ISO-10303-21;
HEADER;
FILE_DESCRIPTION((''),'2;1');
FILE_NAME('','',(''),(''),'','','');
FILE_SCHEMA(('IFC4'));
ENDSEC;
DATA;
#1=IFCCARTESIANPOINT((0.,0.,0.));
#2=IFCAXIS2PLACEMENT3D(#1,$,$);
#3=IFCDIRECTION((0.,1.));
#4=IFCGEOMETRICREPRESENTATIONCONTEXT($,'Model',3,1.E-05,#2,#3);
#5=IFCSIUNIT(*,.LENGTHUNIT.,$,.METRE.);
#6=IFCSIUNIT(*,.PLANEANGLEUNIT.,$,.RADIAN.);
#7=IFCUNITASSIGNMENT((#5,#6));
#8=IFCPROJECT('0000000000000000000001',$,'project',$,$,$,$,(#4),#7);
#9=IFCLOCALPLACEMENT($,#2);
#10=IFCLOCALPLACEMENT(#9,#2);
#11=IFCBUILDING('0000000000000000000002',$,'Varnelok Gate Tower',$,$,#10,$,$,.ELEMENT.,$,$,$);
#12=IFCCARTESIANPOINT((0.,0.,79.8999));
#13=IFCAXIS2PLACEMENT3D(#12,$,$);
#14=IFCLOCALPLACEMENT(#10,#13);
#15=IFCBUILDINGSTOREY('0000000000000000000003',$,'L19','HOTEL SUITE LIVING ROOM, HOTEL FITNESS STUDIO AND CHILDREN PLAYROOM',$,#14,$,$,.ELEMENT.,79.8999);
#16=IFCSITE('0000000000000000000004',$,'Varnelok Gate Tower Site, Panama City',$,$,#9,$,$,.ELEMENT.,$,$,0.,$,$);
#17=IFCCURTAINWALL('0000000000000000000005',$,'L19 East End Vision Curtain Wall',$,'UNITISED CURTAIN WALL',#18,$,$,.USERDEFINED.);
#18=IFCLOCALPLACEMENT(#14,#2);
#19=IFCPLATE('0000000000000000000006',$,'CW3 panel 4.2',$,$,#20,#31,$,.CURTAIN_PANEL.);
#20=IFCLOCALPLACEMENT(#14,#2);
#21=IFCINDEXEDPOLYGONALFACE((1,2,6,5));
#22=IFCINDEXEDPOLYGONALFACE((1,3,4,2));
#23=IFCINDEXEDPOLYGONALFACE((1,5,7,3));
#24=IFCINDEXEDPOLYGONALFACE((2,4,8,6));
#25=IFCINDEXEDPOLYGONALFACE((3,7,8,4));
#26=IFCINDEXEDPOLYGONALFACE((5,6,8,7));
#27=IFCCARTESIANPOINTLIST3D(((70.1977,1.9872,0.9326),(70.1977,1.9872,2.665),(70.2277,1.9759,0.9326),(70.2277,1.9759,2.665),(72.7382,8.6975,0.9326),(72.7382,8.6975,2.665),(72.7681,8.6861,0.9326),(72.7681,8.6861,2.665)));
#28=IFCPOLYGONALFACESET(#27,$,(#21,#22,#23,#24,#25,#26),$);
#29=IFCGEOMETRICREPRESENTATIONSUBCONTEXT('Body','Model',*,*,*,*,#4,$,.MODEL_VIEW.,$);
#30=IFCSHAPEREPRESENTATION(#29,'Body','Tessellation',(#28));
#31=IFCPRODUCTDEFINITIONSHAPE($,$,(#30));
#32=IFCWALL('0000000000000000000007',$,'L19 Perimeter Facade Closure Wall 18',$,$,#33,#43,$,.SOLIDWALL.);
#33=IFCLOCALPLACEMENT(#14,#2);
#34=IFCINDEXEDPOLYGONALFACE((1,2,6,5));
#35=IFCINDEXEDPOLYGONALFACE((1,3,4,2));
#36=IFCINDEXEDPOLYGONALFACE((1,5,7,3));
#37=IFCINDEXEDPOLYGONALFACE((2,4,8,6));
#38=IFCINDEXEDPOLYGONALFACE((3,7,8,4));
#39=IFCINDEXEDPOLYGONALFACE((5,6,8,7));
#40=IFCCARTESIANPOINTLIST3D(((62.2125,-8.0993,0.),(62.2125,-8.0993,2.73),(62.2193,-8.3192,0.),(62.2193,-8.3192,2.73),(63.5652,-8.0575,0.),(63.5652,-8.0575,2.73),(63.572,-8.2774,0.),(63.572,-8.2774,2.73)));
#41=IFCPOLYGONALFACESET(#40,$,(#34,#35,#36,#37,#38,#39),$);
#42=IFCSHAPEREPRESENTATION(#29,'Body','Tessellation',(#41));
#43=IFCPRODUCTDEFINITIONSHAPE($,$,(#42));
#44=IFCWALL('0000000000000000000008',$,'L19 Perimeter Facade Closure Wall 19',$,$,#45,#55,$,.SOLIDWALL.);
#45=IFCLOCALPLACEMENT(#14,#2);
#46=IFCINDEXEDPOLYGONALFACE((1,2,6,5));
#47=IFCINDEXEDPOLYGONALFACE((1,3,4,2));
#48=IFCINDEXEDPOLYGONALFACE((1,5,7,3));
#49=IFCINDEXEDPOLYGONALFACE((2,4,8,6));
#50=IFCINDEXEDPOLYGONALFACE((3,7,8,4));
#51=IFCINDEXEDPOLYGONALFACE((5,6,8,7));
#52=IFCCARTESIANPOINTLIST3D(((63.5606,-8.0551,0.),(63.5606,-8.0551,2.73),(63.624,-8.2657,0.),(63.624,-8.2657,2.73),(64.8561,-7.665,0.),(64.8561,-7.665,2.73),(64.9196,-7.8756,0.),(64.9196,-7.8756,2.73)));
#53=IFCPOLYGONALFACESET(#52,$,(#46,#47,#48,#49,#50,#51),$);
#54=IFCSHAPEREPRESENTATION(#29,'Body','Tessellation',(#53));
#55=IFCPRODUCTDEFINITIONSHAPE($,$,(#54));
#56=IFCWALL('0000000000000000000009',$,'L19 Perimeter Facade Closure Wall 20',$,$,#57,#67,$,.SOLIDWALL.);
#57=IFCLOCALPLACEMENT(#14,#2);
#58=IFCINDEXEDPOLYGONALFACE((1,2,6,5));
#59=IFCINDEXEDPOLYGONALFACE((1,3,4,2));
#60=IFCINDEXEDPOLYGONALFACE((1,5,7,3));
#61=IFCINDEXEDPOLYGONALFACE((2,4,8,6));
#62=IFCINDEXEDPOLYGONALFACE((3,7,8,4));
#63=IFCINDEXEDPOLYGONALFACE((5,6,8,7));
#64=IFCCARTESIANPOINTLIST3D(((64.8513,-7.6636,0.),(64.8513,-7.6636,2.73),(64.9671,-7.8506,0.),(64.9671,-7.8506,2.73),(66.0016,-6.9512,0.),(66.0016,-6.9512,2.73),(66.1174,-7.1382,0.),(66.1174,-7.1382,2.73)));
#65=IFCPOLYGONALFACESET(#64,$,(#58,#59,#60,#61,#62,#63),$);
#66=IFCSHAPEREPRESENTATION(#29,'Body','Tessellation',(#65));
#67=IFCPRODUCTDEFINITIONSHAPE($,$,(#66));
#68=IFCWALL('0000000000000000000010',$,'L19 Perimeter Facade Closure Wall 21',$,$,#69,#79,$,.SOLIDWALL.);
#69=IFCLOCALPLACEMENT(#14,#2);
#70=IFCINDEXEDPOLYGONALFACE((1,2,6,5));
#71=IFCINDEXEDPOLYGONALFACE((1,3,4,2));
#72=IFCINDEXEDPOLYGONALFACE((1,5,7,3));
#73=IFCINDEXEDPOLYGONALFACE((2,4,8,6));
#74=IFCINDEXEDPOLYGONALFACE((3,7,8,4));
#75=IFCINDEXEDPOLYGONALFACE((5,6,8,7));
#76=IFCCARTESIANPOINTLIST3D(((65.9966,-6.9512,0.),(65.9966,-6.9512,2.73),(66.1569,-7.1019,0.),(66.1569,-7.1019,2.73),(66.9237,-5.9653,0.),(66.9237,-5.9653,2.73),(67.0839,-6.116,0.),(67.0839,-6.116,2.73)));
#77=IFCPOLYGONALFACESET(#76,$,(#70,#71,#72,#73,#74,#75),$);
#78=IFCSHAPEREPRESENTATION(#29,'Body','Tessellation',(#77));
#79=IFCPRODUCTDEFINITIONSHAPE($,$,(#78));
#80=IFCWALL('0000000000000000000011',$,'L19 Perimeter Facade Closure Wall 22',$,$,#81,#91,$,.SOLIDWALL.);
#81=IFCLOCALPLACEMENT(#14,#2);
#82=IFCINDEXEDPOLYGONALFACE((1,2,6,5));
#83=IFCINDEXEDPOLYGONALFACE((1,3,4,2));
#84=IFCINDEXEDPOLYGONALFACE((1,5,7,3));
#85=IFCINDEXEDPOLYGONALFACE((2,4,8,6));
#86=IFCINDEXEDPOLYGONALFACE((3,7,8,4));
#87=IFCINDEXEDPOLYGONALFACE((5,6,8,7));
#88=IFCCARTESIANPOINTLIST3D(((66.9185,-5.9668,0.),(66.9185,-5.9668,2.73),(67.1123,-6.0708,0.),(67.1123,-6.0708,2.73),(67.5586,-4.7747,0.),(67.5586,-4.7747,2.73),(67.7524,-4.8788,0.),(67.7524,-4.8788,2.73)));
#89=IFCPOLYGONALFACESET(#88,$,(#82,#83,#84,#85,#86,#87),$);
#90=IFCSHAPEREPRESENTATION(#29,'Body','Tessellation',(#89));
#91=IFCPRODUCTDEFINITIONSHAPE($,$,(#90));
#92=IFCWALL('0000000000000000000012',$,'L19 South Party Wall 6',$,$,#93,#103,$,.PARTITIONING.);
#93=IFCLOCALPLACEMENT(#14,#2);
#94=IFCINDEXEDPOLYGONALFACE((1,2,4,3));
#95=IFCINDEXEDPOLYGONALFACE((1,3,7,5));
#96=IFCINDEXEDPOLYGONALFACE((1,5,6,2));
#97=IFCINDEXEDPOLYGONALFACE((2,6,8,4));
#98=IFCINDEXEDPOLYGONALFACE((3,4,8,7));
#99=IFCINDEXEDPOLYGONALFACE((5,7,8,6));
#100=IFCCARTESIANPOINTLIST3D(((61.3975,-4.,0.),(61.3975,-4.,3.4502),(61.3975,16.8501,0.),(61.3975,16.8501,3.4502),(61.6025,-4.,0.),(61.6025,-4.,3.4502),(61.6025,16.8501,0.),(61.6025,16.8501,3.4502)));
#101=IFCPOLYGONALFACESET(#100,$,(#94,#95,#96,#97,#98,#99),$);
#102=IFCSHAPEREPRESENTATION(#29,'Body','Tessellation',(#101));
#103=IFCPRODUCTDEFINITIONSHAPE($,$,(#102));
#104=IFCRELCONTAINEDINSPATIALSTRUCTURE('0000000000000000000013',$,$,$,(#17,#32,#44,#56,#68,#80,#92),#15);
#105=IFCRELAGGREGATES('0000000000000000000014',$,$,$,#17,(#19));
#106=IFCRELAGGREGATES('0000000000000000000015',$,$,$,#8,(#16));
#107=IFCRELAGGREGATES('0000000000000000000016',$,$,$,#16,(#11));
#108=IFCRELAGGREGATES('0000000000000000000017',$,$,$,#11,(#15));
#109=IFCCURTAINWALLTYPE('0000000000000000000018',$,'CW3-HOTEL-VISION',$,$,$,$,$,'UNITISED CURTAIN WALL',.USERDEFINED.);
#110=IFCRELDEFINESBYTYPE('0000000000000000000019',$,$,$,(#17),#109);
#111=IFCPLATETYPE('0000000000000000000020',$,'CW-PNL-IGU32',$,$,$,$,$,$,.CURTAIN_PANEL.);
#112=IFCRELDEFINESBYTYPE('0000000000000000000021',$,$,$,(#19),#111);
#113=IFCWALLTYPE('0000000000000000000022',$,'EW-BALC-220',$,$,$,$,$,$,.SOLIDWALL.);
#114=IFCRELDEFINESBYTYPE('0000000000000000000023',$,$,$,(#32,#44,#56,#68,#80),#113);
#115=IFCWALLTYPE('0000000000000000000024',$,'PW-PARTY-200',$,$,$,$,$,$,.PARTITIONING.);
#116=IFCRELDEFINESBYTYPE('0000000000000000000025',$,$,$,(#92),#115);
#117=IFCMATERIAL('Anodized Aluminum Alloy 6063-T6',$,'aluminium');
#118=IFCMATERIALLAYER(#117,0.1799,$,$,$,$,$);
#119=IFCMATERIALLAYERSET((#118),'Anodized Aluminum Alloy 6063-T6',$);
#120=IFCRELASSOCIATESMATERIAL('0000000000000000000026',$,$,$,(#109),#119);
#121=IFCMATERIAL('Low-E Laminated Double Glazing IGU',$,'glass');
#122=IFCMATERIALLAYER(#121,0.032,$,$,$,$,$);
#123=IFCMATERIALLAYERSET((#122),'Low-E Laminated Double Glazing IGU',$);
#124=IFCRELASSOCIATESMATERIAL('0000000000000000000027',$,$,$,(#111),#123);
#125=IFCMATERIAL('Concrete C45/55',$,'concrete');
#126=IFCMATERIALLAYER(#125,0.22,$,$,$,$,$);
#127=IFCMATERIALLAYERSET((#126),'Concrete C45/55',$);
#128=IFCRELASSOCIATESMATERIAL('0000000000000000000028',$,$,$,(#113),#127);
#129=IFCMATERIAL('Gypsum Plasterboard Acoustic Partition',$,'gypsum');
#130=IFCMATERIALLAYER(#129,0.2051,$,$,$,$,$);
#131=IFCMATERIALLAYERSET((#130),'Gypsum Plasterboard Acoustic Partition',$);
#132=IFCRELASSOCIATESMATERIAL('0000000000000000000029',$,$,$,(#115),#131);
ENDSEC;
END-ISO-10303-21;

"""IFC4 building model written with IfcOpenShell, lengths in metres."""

from ifc_helpers import new_model, si_unit, direction, frame, frame_2d, origin, origin_2d, place, context, subcontext, project, spatial, rectangle, extrude, source, transform, mapped, material, layer, layer_set, type_object, element, aggregate, save


model = new_model("IFC4")

# Units and contexts
model_context = context("Model", 3, precision=1e-05, world=origin(), true_north=direction((0.0, 1.0)))
body_context = subcontext(model_context, "Body", "Model", "MODEL_VIEW")
ifc_project = project(units=[si_unit("LENGTHUNIT", "METRE"), si_unit("PLANEANGLEUNIT", "RADIAN")], contexts=[model_context])

# Site, building, storey
site_placement = place(None, origin())
site = spatial("IfcSite", under=ifc_project, at=site_placement, Name="Varnelok Gate Tower Site, Panama City", CompositionType="ELEMENT", RefElevation=0.0)
building_placement = place(site_placement, origin())
building = spatial("IfcBuilding", under=site, at=building_placement, Name="Varnelok Gate Tower", CompositionType="ELEMENT")
storey_placement = place(building_placement, frame((0.0, 0.0, 79.8999)))
storey = spatial("IfcBuildingStorey", under=building, at=storey_placement, Name="L19", Description="HOTEL SUITE LIVING ROOM, HOTEL FITNESS STUDIO AND CHILDREN PLAYROOM", CompositionType="ELEMENT", Elevation=79.8999)

# Curtain wall, plate
ifc_material_1 = material(Name="Anodized Aluminum Alloy 6063-T6", Category="aluminium")
ifc_layer_1 = layer(ifc_material_1, 0.1799)
ifc_layer_set_1 = layer_set([ifc_layer_1], Name="Anodized Aluminum Alloy 6063-T6")
curtain_wall_type = type_object("IfcCurtainWallType", Name="CW3-HOTEL-VISION", ElementType="UNITISED CURTAIN WALL", PredefinedType="USERDEFINED", material=ifc_layer_set_1)
curtain_wall_placement = place(storey_placement, origin())
curtain_wall = element("IfcCurtainWall", 1, at=curtain_wall_placement, inside=storey, type_object=curtain_wall_type, Name="L19 East End Vision Curtain Wall", ObjectType="UNITISED CURTAIN WALL", PredefinedType="USERDEFINED")
ifc_material_2 = material(Name="Low-E Laminated Double Glazing IGU", Category="glass")
ifc_layer_2 = layer(ifc_material_2, 0.032)
ifc_layer_set_2 = layer_set([ifc_layer_2], Name="Low-E Laminated Double Glazing IGU")
plate_type = type_object("IfcPlateType", Name="CW-PNL-IGU32", PredefinedType="CURTAIN_PANEL", material=ifc_layer_set_2)
shared_shape_1 = source(origin(), body_context, "Body", "SweptSolid", [
    extrude(rectangle(XDim=7.175, YDim=0.032, at=origin_2d()), origin(), (0.0, 0.0, 1.0), 1.7324),
])
plate_1_placement = place(storey_placement, frame((71.4829, 5.3367, 0.9326), z_axis=(0.0, 0.0, 1.0), x_axis=(-0.354064, -0.935221, 0.0)))
plate_1 = element("IfcPlate", 2, at=plate_1_placement, type_object=plate_type, Name="CW3 panel 4.2", PredefinedType="CURTAIN_PANEL", context=body_context, shape_type="MappedRepresentation", body=[
    mapped(shared_shape_1, transform((0.0, 0.0, 0.0), scale=1.0)),
])
aggregate(curtain_wall, [plate_1])

# Walls
ifc_material_3 = material(Name="Concrete C45/55", Category="concrete")
ifc_layer_3 = layer(ifc_material_3, 0.22)
ifc_layer_set_3 = layer_set([ifc_layer_3], Name="Concrete C45/55")
wall_type_1 = type_object("IfcWallType", Name="EW-BALC-220", PredefinedType="SOLIDWALL", material=ifc_layer_set_3)
wall_1_placement = place(storey_placement, frame((62.2158, -8.2092, 0.0), z_axis=(0.0, 0.0, 1.0), x_axis=(0.999524, 0.030852, 0.0)))
element("IfcWall", 3, at=wall_1_placement, inside=storey, type_object=wall_type_1, Name="L19 Perimeter Facade Closure Wall 18", PredefinedType="SOLIDWALL", context=body_context, shape_type="SweptSolid", body=[
    extrude(rectangle(XDim=1.3533, YDim=0.22, at=frame_2d((0.6768, 0.0))), origin(), (0.0, 0.0, 1.0), 2.73),
])
for number, where, z_axis, x_axis, name in (
    (4, (63.5923, -8.1604, 0.0), (0.0, 0.0, 1.0), (0.957533, 0.288324, 0.0), "L19 Perimeter Facade Closure Wall 19"),
    (5, (64.9092, -7.7571, 0.0), (0.0, 0.0, 1.0), (0.850181, 0.526491, 0.0), "L19 Perimeter Facade Closure Wall 20"),
):
    element("IfcWall", number, at=place(storey_placement, frame(where, z_axis=z_axis, x_axis=x_axis)), inside=storey, type_object=wall_type_1, Name=name, PredefinedType="SOLIDWALL", context=body_context, shape_type="SweptSolid", body=[
        extrude(rectangle(XDim=1.353, YDim=0.22, at=frame_2d((0.6765, 0.0))), origin(), (0.0, 0.0, 1.0), 2.73),
    ])
wall_2_placement = place(storey_placement, frame((66.0767, -7.0266, 0.0), z_axis=(0.0, 0.0, 1.0), x_axis=(0.685033, 0.728512, 0.0)))
element("IfcWall", 6, at=wall_2_placement, inside=storey, type_object=wall_type_1, Name="L19 Perimeter Facade Closure Wall 21", PredefinedType="SOLIDWALL", context=body_context, shape_type="SweptSolid", body=[
    extrude(rectangle(XDim=1.3533, YDim=0.22, at=frame_2d((0.6768, 0.0))), origin(), (0.0, 0.0, 1.0), 2.73),
])
wall_3_placement = place(storey_placement, frame((67.0154, -6.0188, 0.0), z_axis=(0.0, 0.0, 1.0), x_axis=(0.473077, 0.881021, 0.0)))
element("IfcWall", 7, at=wall_3_placement, inside=storey, type_object=wall_type_1, Name="L19 Perimeter Facade Closure Wall 22", PredefinedType="SOLIDWALL", context=body_context, shape_type="SweptSolid", body=[
    extrude(rectangle(XDim=1.353, YDim=0.22, at=frame_2d((0.6765, 0.0))), origin(), (0.0, 0.0, 1.0), 2.73),
])
ifc_material_4 = material(Name="Gypsum Plasterboard Acoustic Partition", Category="gypsum")
ifc_layer_4 = layer(ifc_material_4, 0.2051)
ifc_layer_set_4 = layer_set([ifc_layer_4], Name="Gypsum Plasterboard Acoustic Partition")
wall_type_2 = type_object("IfcWallType", Name="PW-PARTY-200", PredefinedType="PARTITIONING", material=ifc_layer_set_4)
wall_4_placement = place(storey_placement, frame((61.5, -4.0, 0.0), z_axis=(0.0, 0.0, 1.0), x_axis=(0.0, 1.0, 0.0)))
element("IfcWall", 8, at=wall_4_placement, inside=storey, type_object=wall_type_2, Name="L19 South Party Wall 6", PredefinedType="PARTITIONING", context=body_context, shape_type="SweptSolid", body=[
    extrude(rectangle(XDim=20.8501, YDim=0.2051, at=frame_2d((10.425, 0.0))), origin(), (0.0, 0.0, 1.0), 3.4502),
])

save(model, "model.ifc")
